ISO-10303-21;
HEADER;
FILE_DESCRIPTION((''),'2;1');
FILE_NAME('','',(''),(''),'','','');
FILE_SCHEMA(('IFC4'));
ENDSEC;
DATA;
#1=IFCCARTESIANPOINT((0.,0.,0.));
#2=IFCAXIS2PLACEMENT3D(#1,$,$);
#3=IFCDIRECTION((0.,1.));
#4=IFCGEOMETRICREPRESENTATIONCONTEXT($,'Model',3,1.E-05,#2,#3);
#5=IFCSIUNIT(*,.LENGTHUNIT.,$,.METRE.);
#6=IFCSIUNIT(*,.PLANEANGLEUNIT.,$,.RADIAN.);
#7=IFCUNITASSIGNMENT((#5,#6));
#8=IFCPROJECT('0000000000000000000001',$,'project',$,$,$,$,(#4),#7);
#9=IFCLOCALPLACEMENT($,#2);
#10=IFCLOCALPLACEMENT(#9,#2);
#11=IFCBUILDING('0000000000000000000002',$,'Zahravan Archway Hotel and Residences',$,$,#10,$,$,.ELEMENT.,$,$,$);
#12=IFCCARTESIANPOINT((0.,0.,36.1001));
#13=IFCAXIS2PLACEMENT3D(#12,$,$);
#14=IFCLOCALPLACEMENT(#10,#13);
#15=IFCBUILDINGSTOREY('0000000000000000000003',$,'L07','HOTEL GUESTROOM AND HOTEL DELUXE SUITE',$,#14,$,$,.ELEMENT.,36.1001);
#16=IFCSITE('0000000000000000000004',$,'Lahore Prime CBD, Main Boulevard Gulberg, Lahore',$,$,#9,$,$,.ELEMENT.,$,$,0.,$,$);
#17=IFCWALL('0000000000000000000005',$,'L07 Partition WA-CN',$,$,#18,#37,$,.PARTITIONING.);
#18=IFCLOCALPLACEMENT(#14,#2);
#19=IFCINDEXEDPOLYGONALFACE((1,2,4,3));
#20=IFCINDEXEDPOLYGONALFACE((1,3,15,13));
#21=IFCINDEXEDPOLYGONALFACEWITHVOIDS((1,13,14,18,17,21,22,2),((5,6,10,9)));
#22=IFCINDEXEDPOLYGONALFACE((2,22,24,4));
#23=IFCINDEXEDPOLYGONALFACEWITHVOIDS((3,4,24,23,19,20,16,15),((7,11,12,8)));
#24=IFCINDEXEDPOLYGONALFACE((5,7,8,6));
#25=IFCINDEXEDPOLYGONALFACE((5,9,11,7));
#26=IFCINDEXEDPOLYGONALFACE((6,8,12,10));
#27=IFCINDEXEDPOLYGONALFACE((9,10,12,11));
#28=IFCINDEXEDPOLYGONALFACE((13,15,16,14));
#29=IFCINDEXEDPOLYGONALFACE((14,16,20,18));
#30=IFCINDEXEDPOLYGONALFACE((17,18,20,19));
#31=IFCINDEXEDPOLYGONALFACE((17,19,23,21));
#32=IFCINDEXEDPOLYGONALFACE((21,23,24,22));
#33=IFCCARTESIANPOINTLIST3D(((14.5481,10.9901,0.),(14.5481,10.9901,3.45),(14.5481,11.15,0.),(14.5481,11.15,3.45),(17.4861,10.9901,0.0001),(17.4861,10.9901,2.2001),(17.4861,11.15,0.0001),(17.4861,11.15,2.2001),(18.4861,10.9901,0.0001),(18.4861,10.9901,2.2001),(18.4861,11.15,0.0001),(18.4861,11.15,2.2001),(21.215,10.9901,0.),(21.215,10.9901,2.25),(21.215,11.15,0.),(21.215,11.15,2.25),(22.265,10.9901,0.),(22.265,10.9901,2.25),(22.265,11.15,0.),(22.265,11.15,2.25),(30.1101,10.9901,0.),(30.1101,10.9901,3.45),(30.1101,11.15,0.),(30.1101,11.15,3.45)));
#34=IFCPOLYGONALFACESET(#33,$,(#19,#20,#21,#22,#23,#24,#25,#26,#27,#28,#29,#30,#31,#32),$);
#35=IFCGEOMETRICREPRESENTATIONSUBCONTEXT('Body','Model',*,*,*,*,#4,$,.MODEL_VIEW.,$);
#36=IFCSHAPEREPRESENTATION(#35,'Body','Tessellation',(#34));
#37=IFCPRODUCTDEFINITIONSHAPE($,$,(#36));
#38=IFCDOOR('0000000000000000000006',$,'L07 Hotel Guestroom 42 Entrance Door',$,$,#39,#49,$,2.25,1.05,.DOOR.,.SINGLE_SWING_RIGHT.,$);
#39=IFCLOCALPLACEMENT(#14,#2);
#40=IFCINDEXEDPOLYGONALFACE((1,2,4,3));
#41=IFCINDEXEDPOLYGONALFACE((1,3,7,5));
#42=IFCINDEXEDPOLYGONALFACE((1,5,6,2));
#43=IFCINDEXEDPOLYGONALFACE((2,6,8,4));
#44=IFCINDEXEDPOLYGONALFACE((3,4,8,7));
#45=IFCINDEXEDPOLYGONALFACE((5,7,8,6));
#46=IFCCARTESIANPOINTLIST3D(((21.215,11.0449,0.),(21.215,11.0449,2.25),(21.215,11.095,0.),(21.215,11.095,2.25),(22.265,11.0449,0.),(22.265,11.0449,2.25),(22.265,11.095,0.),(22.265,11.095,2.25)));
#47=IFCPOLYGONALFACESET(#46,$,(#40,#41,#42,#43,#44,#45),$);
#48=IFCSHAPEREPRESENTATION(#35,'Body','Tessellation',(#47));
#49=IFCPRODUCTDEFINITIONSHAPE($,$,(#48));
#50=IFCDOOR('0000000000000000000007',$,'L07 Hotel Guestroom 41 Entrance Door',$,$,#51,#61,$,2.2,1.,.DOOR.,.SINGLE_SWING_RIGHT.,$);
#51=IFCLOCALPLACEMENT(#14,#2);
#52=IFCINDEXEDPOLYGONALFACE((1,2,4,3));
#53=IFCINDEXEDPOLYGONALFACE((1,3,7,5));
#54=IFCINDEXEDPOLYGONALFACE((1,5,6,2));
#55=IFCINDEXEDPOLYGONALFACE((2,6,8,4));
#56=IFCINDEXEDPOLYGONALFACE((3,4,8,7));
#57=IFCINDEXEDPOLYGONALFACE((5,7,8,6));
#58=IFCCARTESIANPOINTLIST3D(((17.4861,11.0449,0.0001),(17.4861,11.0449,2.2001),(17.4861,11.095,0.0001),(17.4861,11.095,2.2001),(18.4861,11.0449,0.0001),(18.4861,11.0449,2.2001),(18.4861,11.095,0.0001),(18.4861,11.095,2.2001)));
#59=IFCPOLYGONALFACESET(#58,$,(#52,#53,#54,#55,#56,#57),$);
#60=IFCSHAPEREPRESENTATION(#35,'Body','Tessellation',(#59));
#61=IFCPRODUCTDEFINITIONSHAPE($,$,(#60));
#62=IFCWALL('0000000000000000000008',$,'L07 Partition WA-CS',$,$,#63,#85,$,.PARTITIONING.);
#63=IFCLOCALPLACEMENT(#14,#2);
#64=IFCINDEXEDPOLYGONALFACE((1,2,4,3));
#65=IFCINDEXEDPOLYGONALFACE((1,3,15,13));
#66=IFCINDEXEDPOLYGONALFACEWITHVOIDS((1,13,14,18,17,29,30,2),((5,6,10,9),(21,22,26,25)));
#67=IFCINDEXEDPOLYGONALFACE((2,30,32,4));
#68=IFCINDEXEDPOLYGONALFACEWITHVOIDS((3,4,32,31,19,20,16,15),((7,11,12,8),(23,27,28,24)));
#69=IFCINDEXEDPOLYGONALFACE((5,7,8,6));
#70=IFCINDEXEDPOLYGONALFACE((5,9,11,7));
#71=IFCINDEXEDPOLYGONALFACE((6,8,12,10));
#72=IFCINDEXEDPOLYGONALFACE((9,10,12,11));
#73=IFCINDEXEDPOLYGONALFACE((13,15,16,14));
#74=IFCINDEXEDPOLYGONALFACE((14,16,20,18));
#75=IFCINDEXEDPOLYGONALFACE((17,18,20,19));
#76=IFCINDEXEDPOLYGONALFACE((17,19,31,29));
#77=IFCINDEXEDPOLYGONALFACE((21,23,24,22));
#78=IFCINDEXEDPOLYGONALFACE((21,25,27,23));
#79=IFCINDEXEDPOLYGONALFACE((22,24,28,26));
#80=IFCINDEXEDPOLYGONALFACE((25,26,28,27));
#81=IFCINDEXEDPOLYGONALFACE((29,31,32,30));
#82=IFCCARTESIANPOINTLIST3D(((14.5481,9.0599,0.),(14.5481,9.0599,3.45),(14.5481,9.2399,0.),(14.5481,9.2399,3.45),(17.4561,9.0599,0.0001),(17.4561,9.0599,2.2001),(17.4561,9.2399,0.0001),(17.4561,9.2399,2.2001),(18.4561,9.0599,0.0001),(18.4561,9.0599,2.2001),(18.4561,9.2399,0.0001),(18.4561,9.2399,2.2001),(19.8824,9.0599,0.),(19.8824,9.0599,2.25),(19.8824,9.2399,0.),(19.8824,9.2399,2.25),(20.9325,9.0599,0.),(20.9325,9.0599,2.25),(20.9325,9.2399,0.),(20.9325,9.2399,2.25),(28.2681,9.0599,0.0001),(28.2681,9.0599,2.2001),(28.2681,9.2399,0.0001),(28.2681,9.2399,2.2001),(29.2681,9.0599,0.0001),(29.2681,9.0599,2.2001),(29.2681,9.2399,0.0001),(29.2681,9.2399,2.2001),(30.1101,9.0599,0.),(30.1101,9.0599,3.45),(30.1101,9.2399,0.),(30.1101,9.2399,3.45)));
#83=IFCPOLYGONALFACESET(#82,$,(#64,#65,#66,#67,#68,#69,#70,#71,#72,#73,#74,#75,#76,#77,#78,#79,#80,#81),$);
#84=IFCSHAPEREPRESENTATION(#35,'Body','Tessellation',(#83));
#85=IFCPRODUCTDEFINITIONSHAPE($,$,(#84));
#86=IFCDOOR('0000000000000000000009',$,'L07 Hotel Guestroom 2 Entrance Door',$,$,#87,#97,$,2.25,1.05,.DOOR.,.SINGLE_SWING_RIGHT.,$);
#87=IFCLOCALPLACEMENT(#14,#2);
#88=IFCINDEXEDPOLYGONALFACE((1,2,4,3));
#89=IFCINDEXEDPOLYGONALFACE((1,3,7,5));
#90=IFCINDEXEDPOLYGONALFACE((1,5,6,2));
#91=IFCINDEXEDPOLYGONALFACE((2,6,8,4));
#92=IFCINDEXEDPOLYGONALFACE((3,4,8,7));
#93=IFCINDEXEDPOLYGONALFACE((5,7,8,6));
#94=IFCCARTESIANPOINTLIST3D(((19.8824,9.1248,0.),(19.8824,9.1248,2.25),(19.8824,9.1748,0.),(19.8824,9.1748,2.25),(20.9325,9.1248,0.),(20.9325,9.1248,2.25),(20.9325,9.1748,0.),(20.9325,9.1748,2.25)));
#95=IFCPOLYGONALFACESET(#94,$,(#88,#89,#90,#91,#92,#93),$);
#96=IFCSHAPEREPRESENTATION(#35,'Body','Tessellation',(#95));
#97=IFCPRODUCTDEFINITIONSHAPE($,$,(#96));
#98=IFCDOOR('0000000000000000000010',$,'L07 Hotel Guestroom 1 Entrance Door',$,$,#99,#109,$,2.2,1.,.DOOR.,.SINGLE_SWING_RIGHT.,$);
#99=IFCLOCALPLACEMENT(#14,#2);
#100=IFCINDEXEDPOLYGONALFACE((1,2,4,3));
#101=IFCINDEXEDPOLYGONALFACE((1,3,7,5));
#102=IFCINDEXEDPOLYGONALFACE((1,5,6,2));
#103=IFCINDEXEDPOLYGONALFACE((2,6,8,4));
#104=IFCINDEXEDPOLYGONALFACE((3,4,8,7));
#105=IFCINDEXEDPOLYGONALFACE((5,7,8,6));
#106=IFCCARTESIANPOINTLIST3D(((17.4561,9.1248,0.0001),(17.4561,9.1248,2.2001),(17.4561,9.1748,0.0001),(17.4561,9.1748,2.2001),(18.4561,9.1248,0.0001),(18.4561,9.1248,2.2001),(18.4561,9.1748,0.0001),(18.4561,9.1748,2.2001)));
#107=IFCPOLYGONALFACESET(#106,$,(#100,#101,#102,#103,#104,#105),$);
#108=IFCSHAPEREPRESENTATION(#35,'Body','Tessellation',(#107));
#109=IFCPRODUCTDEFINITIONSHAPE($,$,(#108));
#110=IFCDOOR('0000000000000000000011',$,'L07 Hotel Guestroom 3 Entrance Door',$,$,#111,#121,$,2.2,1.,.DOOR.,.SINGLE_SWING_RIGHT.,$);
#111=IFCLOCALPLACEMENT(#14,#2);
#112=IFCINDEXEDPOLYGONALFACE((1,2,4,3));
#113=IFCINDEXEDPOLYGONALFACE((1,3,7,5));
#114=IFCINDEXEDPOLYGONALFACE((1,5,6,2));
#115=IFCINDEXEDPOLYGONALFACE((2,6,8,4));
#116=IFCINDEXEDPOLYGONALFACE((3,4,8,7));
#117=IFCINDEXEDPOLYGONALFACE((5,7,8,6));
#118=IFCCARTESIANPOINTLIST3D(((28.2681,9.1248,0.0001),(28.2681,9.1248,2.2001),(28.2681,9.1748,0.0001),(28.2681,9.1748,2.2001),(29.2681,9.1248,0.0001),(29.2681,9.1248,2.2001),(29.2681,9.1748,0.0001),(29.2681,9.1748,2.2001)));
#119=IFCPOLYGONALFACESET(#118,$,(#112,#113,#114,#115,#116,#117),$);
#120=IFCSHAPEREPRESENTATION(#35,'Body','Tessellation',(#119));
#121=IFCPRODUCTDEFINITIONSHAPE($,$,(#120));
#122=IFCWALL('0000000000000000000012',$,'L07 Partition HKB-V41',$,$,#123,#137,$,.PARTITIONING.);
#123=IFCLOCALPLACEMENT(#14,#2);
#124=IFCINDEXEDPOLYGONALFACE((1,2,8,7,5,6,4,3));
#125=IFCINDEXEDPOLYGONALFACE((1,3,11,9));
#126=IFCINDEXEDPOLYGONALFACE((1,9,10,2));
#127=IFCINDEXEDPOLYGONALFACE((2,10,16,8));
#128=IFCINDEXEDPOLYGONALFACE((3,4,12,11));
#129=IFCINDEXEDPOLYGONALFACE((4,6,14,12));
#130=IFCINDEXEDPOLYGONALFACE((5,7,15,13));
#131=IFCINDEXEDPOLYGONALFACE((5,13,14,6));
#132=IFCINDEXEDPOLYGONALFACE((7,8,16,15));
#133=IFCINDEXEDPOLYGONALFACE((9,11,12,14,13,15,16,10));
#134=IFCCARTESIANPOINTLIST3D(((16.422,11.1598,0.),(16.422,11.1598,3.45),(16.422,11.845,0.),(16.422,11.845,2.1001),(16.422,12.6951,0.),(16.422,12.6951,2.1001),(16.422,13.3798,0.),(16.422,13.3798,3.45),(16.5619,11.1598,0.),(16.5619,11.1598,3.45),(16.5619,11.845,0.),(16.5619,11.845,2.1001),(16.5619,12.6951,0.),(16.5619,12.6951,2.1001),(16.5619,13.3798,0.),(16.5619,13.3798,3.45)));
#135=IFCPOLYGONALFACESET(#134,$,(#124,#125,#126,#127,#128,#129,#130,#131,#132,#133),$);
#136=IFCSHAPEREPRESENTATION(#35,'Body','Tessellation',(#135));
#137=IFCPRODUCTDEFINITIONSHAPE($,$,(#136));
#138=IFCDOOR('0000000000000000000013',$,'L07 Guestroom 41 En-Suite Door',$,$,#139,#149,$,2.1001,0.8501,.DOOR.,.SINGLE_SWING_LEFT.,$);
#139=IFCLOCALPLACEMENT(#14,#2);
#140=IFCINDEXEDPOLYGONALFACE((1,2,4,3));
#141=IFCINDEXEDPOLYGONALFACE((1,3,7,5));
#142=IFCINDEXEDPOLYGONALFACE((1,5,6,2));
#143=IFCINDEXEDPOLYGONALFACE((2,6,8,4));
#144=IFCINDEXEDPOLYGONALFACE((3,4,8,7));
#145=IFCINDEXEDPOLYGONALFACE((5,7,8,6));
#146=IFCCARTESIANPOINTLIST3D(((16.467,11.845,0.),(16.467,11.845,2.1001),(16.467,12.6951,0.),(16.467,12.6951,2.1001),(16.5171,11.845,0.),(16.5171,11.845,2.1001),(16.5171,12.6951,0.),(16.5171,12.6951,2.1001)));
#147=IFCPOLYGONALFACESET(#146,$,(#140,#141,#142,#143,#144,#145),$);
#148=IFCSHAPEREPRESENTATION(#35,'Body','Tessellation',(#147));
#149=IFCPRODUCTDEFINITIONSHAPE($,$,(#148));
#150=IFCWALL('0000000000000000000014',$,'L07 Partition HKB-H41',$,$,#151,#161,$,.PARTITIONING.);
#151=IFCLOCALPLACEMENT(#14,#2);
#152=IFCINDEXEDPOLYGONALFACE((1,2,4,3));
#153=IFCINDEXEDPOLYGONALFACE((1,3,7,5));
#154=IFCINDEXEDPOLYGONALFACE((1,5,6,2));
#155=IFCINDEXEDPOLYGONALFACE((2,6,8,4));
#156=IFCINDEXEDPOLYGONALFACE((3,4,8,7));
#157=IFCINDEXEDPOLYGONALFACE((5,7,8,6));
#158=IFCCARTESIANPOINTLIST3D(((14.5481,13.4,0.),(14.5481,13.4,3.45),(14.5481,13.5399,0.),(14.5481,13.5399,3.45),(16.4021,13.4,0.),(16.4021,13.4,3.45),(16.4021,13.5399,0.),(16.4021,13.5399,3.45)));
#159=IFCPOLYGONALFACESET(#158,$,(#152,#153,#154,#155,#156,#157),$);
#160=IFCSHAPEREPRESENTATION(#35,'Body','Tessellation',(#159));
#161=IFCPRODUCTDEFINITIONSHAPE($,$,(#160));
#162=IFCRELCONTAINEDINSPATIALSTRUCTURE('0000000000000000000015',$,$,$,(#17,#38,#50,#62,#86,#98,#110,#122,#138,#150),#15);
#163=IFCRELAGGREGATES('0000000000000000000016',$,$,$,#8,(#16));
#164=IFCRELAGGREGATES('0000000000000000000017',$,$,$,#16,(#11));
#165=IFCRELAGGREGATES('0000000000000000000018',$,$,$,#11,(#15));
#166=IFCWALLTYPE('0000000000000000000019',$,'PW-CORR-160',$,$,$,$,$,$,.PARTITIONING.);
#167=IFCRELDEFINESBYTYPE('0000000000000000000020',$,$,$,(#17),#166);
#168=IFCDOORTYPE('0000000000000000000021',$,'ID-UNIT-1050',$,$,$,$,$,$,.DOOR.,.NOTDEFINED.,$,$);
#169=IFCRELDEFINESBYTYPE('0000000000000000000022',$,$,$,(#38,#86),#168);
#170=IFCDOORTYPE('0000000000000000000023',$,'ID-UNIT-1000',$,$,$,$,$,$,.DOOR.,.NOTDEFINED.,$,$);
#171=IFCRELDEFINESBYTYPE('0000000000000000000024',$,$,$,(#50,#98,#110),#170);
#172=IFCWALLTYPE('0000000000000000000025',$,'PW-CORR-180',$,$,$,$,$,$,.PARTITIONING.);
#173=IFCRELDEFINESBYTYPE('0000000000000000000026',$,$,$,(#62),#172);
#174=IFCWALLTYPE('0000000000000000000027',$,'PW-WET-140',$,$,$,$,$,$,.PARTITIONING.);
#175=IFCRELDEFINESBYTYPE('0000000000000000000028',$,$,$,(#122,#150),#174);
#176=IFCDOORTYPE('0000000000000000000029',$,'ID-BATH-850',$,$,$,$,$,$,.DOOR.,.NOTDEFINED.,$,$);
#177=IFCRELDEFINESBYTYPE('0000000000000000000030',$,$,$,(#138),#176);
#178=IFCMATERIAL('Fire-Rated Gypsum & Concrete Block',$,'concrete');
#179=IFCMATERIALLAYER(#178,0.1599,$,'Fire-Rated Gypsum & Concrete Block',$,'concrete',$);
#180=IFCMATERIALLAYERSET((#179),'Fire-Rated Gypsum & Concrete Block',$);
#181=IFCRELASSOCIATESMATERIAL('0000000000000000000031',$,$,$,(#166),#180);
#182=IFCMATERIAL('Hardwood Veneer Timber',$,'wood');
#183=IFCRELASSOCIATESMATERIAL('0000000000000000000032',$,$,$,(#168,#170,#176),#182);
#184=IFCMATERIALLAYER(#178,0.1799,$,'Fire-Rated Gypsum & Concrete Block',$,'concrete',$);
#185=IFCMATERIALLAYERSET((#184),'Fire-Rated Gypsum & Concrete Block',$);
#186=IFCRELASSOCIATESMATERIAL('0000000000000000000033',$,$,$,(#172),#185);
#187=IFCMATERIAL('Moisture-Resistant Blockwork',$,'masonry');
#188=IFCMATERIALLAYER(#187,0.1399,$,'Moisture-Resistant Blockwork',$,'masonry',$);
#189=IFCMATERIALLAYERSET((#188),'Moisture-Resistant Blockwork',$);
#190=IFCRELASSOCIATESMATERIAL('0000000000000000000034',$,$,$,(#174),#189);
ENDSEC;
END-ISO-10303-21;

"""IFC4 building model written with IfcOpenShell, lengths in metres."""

from ifc_helpers import new_model, si_unit, direction, frame, frame_2d, origin, place, context, subcontext, project, spatial, rectangle, extrude, source, transform, mapped, material, layer, layer_set, type_object, type_shapes, element, fill, save


model = new_model("IFC4")

# Units and contexts
model_context = context("Model", 3, precision=1e-05, world=origin(), true_north=direction((0.0, 1.0)))
body_context = subcontext(model_context, "Body", "Model", "MODEL_VIEW")
ifc_project = project(units=[si_unit("LENGTHUNIT", "METRE"), si_unit("PLANEANGLEUNIT", "RADIAN")], contexts=[model_context])

# Site, building, storey
site_placement = place(None, origin())
site = spatial("IfcSite", under=ifc_project, at=site_placement, Name="Lahore Prime CBD, Main Boulevard Gulberg, Lahore", CompositionType="ELEMENT", RefElevation=0.0)
building_placement = place(site_placement, origin())
building = spatial("IfcBuilding", under=site, at=building_placement, Name="Zahravan Archway Hotel and Residences", CompositionType="ELEMENT")
storey_placement = place(building_placement, frame((0.0, 0.0, 36.1001)))
storey = spatial("IfcBuildingStorey", under=building, at=storey_placement, Name="L07", Description="HOTEL GUESTROOM AND HOTEL DELUXE SUITE", CompositionType="ELEMENT", Elevation=36.1001)

# Walls, openings, doors
ifc_material_1 = material(Name="Fire-Rated Gypsum & Concrete Block", Category="concrete")
ifc_layer_1 = layer(ifc_material_1, 0.1599, Name="Fire-Rated Gypsum & Concrete Block", Category="concrete")
ifc_layer_set_1 = layer_set([ifc_layer_1], Name="Fire-Rated Gypsum & Concrete Block")
wall_type_1 = type_object("IfcWallType", Name="PW-CORR-160", PredefinedType="PARTITIONING", material=ifc_layer_set_1)
wall_1_placement = place(storey_placement, frame((14.5481, 11.0701, 0.0), z_axis=(0.0, 0.0, 1.0), x_axis=(1.0, 0.0, 0.0)))
wall_1 = element("IfcWall", 1, at=wall_1_placement, inside=storey, type_object=wall_type_1, Name="L07 Partition WA-CN", PredefinedType="PARTITIONING", context=body_context, shape_type="SweptSolid", body=[
    extrude(rectangle(XDim=15.562, YDim=0.1599, at=frame_2d((7.781, 0.0))), origin(), (0.0, 0.0, 1.0), 3.45),
])
opening_1_placement = place(wall_1_placement, frame((2.938, 0.0, 0.0)))
opening_1 = element("IfcOpeningElement", 2, at=opening_1_placement, cuts=wall_1, PredefinedType="OPENING", context=body_context, shape_type="SweptSolid", body=[
    extrude(rectangle(XDim=1.0, YDim=2.2, at=frame_2d((0.5, 1.1001))), frame((0.0, 0.0898, 0.0), z_axis=(0.0, -1.0, 0.0), x_axis=(1.0, 0.0, 0.0)), (0.0, 0.0, 1.0), 0.1799),
])
opening_2_placement = place(wall_1_placement, frame((6.667, 0.0, 0.0)))
opening_2 = element("IfcOpeningElement", 3, at=opening_2_placement, cuts=wall_1, PredefinedType="OPENING", context=body_context, shape_type="SweptSolid", body=[
    extrude(rectangle(XDim=1.05, YDim=2.25, at=frame_2d((0.5249, 1.125))), frame((0.0, 0.0898, 0.0), z_axis=(0.0, -1.0, 0.0), x_axis=(1.0, 0.0, 0.0)), (0.0, 0.0, 1.0), 0.1799),
])
ifc_material_2 = material(Name="Hardwood Veneer Timber", Category="wood")
door_type_1 = type_object("IfcDoorType", Name="ID-UNIT-1050", OperationType="NOTDEFINED", PredefinedType="DOOR", material=ifc_material_2)
shared_shape_1 = source(origin(), body_context, "Body", "SweptSolid", [
    extrude(rectangle(XDim=1.05, YDim=2.25, at=frame_2d((0.5249, 1.125))), frame((0.0, 0.0249, 0.0), z_axis=(0.0, -1.0, 0.0), x_axis=(1.0, 0.0, 0.0)), (0.0, 0.0, 1.0), 0.05),
])
type_shapes(door_type_1, [shared_shape_1])
door_1_placement = place(opening_2_placement, origin())
door_1 = element("IfcDoor", 4, at=door_1_placement, inside=storey, type_object=door_type_1, Name="L07 Hotel Guestroom 42 Entrance Door", OperationType="SINGLE_SWING_RIGHT", OverallHeight=2.25, OverallWidth=1.05, PredefinedType="DOOR", context=body_context, shape_type="MappedRepresentation", body=[
    mapped(shared_shape_1, transform((0.0, 0.0, 0.0), scale=1.0)),
])
fill(opening_2, door_1)
door_type_2 = type_object("IfcDoorType", Name="ID-UNIT-1000", OperationType="NOTDEFINED", PredefinedType="DOOR", material=ifc_material_2)
shared_shape_2 = source(origin(), body_context, "Body", "SweptSolid", [
    extrude(rectangle(XDim=1.0, YDim=2.2, at=frame_2d((0.5, 1.1001))), frame((0.0, 0.0249, 0.0), z_axis=(0.0, -1.0, 0.0), x_axis=(1.0, 0.0, 0.0)), (0.0, 0.0, 1.0), 0.05),
])
type_shapes(door_type_2, [shared_shape_2])
door_2_placement = place(opening_1_placement, origin())
door_2 = element("IfcDoor", 5, at=door_2_placement, inside=storey, type_object=door_type_2, Name="L07 Hotel Guestroom 41 Entrance Door", OperationType="SINGLE_SWING_RIGHT", OverallHeight=2.2, OverallWidth=1.0, PredefinedType="DOOR", context=body_context, shape_type="MappedRepresentation", body=[
    mapped(shared_shape_2, transform((0.0, 0.0, 0.0), scale=1.0)),
])
fill(opening_1, door_2)
ifc_layer_2 = layer(ifc_material_1, 0.1799, Name="Fire-Rated Gypsum & Concrete Block", Category="concrete")
ifc_layer_set_2 = layer_set([ifc_layer_2], Name="Fire-Rated Gypsum & Concrete Block")
wall_type_2 = type_object("IfcWallType", Name="PW-CORR-180", PredefinedType="PARTITIONING", material=ifc_layer_set_2)
wall_2_placement = place(storey_placement, frame((14.5481, 9.1499, 0.0), z_axis=(0.0, 0.0, 1.0), x_axis=(1.0, 0.0, 0.0)))
wall_2 = element("IfcWall", 6, at=wall_2_placement, inside=storey, type_object=wall_type_2, Name="L07 Partition WA-CS", PredefinedType="PARTITIONING", context=body_context, shape_type="SweptSolid", body=[
    extrude(rectangle(XDim=15.562, YDim=0.1799, at=frame_2d((7.781, 0.0))), origin(), (0.0, 0.0, 1.0), 3.45),
])
opening_3_placement = place(wall_2_placement, frame((2.908, 0.0, 0.0)))
opening_3 = element("IfcOpeningElement", 7, at=opening_3_placement, cuts=wall_2, PredefinedType="OPENING", context=body_context, shape_type="SweptSolid", body=[
    extrude(rectangle(XDim=1.0, YDim=2.2, at=frame_2d((0.5, 1.1001))), frame((0.0, 0.1001, 0.0), z_axis=(0.0, -1.0, 0.0), x_axis=(1.0, 0.0, 0.0)), (0.0, 0.0, 1.0), 0.2),
])
opening_4_placement = place(wall_2_placement, frame((5.3345, 0.0, 0.0)))
opening_4 = element("IfcOpeningElement", 8, at=opening_4_placement, cuts=wall_2, PredefinedType="OPENING", context=body_context, shape_type="SweptSolid", body=[
    extrude(rectangle(XDim=1.05, YDim=2.25, at=frame_2d((0.5249, 1.125))), frame((0.0, 0.1001, 0.0), z_axis=(0.0, -1.0, 0.0), x_axis=(1.0, 0.0, 0.0)), (0.0, 0.0, 1.0), 0.2),
])
opening_5_placement = place(wall_2_placement, frame((13.72, 0.0, 0.0)))
opening_5 = element("IfcOpeningElement", 9, at=opening_5_placement, cuts=wall_2, PredefinedType="OPENING", context=body_context, shape_type="SweptSolid", body=[
    extrude(rectangle(XDim=1.0, YDim=2.2, at=frame_2d((0.5, 1.1001))), frame((0.0, 0.1001, 0.0), z_axis=(0.0, -1.0, 0.0), x_axis=(1.0, 0.0, 0.0)), (0.0, 0.0, 1.0), 0.2),
])
door_3_placement = place(opening_4_placement, origin())
door_3 = element("IfcDoor", 10, at=door_3_placement, inside=storey, type_object=door_type_1, Name="L07 Hotel Guestroom 2 Entrance Door", OperationType="SINGLE_SWING_RIGHT", OverallHeight=2.25, OverallWidth=1.05, PredefinedType="DOOR", context=body_context, shape_type="MappedRepresentation", body=[
    mapped(shared_shape_1, transform((0.0, 0.0, 0.0), scale=1.0)),
])
fill(opening_4, door_3)
door_4_placement = place(opening_3_placement, origin())
door_4 = element("IfcDoor", 11, at=door_4_placement, inside=storey, type_object=door_type_2, Name="L07 Hotel Guestroom 1 Entrance Door", OperationType="SINGLE_SWING_RIGHT", OverallHeight=2.2, OverallWidth=1.0, PredefinedType="DOOR", context=body_context, shape_type="MappedRepresentation", body=[
    mapped(shared_shape_2, transform((0.0, 0.0, 0.0), scale=1.0)),
])
fill(opening_3, door_4)
door_5_placement = place(opening_5_placement, origin())
door_5 = element("IfcDoor", 12, at=door_5_placement, inside=storey, type_object=door_type_2, Name="L07 Hotel Guestroom 3 Entrance Door", OperationType="SINGLE_SWING_RIGHT", OverallHeight=2.2, OverallWidth=1.0, PredefinedType="DOOR", context=body_context, shape_type="MappedRepresentation", body=[
    mapped(shared_shape_2, transform((0.0, 0.0, 0.0), scale=1.0)),
])
fill(opening_5, door_5)

# Wall, opening, door
ifc_material_3 = material(Name="Moisture-Resistant Blockwork", Category="masonry")
ifc_layer_3 = layer(ifc_material_3, 0.1399, Name="Moisture-Resistant Blockwork", Category="masonry")
ifc_layer_set_3 = layer_set([ifc_layer_3], Name="Moisture-Resistant Blockwork")
wall_type_3 = type_object("IfcWallType", Name="PW-WET-140", PredefinedType="PARTITIONING", material=ifc_layer_set_3)
wall_3_placement = place(storey_placement, frame((16.4919, 11.1599, 0.0), z_axis=(0.0, 0.0, 1.0), x_axis=(0.0, 1.0, 0.0)))
wall_3 = element("IfcWall", 13, at=wall_3_placement, inside=storey, type_object=wall_type_3, Name="L07 Partition HKB-V41", PredefinedType="PARTITIONING", context=body_context, shape_type="SweptSolid", body=[
    extrude(rectangle(XDim=2.22, YDim=0.1399, at=frame_2d((1.1099, 0.0))), origin(), (0.0, 0.0, 1.0), 3.45),
])
opening_6_placement = place(wall_3_placement, frame((0.6851, 0.0, 0.0)))
opening_6 = element("IfcOpeningElement", 14, at=opening_6_placement, cuts=wall_3, PredefinedType="OPENING", context=body_context, shape_type="SweptSolid", body=[
    extrude(rectangle(XDim=0.8501, YDim=2.1001, at=frame_2d((0.425, 1.05))), frame((0.0, 0.0801, 0.0), z_axis=(0.0, -1.0, 0.0), x_axis=(1.0, 0.0, 0.0)), (0.0, 0.0, 1.0), 0.1599),
])
door_type_3 = type_object("IfcDoorType", Name="ID-BATH-850", OperationType="NOTDEFINED", PredefinedType="DOOR", material=ifc_material_2)
shared_shape_3 = source(origin(), body_context, "Body", "SweptSolid", [
    extrude(rectangle(XDim=0.8501, YDim=2.1001, at=frame_2d((0.425, 1.05))), frame((0.0, 0.0249, 0.0), z_axis=(0.0, -1.0, 0.0), x_axis=(1.0, 0.0, 0.0)), (0.0, 0.0, 1.0), 0.05),
])
type_shapes(door_type_3, [shared_shape_3])
door_6_placement = place(opening_6_placement, origin())
door_6 = element("IfcDoor", 15, at=door_6_placement, inside=storey, type_object=door_type_3, Name="L07 Guestroom 41 En-Suite Door", OperationType="SINGLE_SWING_LEFT", OverallHeight=2.1001, OverallWidth=0.8501, PredefinedType="DOOR", context=body_context, shape_type="MappedRepresentation", body=[
    mapped(shared_shape_3, transform((0.0, 0.0, 0.0), scale=1.0)),
])
fill(opening_6, door_6)

# Wall
wall_4_placement = place(storey_placement, frame((14.5481, 13.47, 0.0), z_axis=(0.0, 0.0, 1.0), x_axis=(1.0, 0.0, 0.0)))
element("IfcWall", 16, at=wall_4_placement, inside=storey, type_object=wall_type_3, Name="L07 Partition HKB-H41", PredefinedType="PARTITIONING", context=body_context, shape_type="SweptSolid", body=[
    extrude(rectangle(XDim=1.854, YDim=0.1399, at=frame_2d((0.927, 0.0))), origin(), (0.0, 0.0, 1.0), 3.45),
])

save(model, "model.ifc")
